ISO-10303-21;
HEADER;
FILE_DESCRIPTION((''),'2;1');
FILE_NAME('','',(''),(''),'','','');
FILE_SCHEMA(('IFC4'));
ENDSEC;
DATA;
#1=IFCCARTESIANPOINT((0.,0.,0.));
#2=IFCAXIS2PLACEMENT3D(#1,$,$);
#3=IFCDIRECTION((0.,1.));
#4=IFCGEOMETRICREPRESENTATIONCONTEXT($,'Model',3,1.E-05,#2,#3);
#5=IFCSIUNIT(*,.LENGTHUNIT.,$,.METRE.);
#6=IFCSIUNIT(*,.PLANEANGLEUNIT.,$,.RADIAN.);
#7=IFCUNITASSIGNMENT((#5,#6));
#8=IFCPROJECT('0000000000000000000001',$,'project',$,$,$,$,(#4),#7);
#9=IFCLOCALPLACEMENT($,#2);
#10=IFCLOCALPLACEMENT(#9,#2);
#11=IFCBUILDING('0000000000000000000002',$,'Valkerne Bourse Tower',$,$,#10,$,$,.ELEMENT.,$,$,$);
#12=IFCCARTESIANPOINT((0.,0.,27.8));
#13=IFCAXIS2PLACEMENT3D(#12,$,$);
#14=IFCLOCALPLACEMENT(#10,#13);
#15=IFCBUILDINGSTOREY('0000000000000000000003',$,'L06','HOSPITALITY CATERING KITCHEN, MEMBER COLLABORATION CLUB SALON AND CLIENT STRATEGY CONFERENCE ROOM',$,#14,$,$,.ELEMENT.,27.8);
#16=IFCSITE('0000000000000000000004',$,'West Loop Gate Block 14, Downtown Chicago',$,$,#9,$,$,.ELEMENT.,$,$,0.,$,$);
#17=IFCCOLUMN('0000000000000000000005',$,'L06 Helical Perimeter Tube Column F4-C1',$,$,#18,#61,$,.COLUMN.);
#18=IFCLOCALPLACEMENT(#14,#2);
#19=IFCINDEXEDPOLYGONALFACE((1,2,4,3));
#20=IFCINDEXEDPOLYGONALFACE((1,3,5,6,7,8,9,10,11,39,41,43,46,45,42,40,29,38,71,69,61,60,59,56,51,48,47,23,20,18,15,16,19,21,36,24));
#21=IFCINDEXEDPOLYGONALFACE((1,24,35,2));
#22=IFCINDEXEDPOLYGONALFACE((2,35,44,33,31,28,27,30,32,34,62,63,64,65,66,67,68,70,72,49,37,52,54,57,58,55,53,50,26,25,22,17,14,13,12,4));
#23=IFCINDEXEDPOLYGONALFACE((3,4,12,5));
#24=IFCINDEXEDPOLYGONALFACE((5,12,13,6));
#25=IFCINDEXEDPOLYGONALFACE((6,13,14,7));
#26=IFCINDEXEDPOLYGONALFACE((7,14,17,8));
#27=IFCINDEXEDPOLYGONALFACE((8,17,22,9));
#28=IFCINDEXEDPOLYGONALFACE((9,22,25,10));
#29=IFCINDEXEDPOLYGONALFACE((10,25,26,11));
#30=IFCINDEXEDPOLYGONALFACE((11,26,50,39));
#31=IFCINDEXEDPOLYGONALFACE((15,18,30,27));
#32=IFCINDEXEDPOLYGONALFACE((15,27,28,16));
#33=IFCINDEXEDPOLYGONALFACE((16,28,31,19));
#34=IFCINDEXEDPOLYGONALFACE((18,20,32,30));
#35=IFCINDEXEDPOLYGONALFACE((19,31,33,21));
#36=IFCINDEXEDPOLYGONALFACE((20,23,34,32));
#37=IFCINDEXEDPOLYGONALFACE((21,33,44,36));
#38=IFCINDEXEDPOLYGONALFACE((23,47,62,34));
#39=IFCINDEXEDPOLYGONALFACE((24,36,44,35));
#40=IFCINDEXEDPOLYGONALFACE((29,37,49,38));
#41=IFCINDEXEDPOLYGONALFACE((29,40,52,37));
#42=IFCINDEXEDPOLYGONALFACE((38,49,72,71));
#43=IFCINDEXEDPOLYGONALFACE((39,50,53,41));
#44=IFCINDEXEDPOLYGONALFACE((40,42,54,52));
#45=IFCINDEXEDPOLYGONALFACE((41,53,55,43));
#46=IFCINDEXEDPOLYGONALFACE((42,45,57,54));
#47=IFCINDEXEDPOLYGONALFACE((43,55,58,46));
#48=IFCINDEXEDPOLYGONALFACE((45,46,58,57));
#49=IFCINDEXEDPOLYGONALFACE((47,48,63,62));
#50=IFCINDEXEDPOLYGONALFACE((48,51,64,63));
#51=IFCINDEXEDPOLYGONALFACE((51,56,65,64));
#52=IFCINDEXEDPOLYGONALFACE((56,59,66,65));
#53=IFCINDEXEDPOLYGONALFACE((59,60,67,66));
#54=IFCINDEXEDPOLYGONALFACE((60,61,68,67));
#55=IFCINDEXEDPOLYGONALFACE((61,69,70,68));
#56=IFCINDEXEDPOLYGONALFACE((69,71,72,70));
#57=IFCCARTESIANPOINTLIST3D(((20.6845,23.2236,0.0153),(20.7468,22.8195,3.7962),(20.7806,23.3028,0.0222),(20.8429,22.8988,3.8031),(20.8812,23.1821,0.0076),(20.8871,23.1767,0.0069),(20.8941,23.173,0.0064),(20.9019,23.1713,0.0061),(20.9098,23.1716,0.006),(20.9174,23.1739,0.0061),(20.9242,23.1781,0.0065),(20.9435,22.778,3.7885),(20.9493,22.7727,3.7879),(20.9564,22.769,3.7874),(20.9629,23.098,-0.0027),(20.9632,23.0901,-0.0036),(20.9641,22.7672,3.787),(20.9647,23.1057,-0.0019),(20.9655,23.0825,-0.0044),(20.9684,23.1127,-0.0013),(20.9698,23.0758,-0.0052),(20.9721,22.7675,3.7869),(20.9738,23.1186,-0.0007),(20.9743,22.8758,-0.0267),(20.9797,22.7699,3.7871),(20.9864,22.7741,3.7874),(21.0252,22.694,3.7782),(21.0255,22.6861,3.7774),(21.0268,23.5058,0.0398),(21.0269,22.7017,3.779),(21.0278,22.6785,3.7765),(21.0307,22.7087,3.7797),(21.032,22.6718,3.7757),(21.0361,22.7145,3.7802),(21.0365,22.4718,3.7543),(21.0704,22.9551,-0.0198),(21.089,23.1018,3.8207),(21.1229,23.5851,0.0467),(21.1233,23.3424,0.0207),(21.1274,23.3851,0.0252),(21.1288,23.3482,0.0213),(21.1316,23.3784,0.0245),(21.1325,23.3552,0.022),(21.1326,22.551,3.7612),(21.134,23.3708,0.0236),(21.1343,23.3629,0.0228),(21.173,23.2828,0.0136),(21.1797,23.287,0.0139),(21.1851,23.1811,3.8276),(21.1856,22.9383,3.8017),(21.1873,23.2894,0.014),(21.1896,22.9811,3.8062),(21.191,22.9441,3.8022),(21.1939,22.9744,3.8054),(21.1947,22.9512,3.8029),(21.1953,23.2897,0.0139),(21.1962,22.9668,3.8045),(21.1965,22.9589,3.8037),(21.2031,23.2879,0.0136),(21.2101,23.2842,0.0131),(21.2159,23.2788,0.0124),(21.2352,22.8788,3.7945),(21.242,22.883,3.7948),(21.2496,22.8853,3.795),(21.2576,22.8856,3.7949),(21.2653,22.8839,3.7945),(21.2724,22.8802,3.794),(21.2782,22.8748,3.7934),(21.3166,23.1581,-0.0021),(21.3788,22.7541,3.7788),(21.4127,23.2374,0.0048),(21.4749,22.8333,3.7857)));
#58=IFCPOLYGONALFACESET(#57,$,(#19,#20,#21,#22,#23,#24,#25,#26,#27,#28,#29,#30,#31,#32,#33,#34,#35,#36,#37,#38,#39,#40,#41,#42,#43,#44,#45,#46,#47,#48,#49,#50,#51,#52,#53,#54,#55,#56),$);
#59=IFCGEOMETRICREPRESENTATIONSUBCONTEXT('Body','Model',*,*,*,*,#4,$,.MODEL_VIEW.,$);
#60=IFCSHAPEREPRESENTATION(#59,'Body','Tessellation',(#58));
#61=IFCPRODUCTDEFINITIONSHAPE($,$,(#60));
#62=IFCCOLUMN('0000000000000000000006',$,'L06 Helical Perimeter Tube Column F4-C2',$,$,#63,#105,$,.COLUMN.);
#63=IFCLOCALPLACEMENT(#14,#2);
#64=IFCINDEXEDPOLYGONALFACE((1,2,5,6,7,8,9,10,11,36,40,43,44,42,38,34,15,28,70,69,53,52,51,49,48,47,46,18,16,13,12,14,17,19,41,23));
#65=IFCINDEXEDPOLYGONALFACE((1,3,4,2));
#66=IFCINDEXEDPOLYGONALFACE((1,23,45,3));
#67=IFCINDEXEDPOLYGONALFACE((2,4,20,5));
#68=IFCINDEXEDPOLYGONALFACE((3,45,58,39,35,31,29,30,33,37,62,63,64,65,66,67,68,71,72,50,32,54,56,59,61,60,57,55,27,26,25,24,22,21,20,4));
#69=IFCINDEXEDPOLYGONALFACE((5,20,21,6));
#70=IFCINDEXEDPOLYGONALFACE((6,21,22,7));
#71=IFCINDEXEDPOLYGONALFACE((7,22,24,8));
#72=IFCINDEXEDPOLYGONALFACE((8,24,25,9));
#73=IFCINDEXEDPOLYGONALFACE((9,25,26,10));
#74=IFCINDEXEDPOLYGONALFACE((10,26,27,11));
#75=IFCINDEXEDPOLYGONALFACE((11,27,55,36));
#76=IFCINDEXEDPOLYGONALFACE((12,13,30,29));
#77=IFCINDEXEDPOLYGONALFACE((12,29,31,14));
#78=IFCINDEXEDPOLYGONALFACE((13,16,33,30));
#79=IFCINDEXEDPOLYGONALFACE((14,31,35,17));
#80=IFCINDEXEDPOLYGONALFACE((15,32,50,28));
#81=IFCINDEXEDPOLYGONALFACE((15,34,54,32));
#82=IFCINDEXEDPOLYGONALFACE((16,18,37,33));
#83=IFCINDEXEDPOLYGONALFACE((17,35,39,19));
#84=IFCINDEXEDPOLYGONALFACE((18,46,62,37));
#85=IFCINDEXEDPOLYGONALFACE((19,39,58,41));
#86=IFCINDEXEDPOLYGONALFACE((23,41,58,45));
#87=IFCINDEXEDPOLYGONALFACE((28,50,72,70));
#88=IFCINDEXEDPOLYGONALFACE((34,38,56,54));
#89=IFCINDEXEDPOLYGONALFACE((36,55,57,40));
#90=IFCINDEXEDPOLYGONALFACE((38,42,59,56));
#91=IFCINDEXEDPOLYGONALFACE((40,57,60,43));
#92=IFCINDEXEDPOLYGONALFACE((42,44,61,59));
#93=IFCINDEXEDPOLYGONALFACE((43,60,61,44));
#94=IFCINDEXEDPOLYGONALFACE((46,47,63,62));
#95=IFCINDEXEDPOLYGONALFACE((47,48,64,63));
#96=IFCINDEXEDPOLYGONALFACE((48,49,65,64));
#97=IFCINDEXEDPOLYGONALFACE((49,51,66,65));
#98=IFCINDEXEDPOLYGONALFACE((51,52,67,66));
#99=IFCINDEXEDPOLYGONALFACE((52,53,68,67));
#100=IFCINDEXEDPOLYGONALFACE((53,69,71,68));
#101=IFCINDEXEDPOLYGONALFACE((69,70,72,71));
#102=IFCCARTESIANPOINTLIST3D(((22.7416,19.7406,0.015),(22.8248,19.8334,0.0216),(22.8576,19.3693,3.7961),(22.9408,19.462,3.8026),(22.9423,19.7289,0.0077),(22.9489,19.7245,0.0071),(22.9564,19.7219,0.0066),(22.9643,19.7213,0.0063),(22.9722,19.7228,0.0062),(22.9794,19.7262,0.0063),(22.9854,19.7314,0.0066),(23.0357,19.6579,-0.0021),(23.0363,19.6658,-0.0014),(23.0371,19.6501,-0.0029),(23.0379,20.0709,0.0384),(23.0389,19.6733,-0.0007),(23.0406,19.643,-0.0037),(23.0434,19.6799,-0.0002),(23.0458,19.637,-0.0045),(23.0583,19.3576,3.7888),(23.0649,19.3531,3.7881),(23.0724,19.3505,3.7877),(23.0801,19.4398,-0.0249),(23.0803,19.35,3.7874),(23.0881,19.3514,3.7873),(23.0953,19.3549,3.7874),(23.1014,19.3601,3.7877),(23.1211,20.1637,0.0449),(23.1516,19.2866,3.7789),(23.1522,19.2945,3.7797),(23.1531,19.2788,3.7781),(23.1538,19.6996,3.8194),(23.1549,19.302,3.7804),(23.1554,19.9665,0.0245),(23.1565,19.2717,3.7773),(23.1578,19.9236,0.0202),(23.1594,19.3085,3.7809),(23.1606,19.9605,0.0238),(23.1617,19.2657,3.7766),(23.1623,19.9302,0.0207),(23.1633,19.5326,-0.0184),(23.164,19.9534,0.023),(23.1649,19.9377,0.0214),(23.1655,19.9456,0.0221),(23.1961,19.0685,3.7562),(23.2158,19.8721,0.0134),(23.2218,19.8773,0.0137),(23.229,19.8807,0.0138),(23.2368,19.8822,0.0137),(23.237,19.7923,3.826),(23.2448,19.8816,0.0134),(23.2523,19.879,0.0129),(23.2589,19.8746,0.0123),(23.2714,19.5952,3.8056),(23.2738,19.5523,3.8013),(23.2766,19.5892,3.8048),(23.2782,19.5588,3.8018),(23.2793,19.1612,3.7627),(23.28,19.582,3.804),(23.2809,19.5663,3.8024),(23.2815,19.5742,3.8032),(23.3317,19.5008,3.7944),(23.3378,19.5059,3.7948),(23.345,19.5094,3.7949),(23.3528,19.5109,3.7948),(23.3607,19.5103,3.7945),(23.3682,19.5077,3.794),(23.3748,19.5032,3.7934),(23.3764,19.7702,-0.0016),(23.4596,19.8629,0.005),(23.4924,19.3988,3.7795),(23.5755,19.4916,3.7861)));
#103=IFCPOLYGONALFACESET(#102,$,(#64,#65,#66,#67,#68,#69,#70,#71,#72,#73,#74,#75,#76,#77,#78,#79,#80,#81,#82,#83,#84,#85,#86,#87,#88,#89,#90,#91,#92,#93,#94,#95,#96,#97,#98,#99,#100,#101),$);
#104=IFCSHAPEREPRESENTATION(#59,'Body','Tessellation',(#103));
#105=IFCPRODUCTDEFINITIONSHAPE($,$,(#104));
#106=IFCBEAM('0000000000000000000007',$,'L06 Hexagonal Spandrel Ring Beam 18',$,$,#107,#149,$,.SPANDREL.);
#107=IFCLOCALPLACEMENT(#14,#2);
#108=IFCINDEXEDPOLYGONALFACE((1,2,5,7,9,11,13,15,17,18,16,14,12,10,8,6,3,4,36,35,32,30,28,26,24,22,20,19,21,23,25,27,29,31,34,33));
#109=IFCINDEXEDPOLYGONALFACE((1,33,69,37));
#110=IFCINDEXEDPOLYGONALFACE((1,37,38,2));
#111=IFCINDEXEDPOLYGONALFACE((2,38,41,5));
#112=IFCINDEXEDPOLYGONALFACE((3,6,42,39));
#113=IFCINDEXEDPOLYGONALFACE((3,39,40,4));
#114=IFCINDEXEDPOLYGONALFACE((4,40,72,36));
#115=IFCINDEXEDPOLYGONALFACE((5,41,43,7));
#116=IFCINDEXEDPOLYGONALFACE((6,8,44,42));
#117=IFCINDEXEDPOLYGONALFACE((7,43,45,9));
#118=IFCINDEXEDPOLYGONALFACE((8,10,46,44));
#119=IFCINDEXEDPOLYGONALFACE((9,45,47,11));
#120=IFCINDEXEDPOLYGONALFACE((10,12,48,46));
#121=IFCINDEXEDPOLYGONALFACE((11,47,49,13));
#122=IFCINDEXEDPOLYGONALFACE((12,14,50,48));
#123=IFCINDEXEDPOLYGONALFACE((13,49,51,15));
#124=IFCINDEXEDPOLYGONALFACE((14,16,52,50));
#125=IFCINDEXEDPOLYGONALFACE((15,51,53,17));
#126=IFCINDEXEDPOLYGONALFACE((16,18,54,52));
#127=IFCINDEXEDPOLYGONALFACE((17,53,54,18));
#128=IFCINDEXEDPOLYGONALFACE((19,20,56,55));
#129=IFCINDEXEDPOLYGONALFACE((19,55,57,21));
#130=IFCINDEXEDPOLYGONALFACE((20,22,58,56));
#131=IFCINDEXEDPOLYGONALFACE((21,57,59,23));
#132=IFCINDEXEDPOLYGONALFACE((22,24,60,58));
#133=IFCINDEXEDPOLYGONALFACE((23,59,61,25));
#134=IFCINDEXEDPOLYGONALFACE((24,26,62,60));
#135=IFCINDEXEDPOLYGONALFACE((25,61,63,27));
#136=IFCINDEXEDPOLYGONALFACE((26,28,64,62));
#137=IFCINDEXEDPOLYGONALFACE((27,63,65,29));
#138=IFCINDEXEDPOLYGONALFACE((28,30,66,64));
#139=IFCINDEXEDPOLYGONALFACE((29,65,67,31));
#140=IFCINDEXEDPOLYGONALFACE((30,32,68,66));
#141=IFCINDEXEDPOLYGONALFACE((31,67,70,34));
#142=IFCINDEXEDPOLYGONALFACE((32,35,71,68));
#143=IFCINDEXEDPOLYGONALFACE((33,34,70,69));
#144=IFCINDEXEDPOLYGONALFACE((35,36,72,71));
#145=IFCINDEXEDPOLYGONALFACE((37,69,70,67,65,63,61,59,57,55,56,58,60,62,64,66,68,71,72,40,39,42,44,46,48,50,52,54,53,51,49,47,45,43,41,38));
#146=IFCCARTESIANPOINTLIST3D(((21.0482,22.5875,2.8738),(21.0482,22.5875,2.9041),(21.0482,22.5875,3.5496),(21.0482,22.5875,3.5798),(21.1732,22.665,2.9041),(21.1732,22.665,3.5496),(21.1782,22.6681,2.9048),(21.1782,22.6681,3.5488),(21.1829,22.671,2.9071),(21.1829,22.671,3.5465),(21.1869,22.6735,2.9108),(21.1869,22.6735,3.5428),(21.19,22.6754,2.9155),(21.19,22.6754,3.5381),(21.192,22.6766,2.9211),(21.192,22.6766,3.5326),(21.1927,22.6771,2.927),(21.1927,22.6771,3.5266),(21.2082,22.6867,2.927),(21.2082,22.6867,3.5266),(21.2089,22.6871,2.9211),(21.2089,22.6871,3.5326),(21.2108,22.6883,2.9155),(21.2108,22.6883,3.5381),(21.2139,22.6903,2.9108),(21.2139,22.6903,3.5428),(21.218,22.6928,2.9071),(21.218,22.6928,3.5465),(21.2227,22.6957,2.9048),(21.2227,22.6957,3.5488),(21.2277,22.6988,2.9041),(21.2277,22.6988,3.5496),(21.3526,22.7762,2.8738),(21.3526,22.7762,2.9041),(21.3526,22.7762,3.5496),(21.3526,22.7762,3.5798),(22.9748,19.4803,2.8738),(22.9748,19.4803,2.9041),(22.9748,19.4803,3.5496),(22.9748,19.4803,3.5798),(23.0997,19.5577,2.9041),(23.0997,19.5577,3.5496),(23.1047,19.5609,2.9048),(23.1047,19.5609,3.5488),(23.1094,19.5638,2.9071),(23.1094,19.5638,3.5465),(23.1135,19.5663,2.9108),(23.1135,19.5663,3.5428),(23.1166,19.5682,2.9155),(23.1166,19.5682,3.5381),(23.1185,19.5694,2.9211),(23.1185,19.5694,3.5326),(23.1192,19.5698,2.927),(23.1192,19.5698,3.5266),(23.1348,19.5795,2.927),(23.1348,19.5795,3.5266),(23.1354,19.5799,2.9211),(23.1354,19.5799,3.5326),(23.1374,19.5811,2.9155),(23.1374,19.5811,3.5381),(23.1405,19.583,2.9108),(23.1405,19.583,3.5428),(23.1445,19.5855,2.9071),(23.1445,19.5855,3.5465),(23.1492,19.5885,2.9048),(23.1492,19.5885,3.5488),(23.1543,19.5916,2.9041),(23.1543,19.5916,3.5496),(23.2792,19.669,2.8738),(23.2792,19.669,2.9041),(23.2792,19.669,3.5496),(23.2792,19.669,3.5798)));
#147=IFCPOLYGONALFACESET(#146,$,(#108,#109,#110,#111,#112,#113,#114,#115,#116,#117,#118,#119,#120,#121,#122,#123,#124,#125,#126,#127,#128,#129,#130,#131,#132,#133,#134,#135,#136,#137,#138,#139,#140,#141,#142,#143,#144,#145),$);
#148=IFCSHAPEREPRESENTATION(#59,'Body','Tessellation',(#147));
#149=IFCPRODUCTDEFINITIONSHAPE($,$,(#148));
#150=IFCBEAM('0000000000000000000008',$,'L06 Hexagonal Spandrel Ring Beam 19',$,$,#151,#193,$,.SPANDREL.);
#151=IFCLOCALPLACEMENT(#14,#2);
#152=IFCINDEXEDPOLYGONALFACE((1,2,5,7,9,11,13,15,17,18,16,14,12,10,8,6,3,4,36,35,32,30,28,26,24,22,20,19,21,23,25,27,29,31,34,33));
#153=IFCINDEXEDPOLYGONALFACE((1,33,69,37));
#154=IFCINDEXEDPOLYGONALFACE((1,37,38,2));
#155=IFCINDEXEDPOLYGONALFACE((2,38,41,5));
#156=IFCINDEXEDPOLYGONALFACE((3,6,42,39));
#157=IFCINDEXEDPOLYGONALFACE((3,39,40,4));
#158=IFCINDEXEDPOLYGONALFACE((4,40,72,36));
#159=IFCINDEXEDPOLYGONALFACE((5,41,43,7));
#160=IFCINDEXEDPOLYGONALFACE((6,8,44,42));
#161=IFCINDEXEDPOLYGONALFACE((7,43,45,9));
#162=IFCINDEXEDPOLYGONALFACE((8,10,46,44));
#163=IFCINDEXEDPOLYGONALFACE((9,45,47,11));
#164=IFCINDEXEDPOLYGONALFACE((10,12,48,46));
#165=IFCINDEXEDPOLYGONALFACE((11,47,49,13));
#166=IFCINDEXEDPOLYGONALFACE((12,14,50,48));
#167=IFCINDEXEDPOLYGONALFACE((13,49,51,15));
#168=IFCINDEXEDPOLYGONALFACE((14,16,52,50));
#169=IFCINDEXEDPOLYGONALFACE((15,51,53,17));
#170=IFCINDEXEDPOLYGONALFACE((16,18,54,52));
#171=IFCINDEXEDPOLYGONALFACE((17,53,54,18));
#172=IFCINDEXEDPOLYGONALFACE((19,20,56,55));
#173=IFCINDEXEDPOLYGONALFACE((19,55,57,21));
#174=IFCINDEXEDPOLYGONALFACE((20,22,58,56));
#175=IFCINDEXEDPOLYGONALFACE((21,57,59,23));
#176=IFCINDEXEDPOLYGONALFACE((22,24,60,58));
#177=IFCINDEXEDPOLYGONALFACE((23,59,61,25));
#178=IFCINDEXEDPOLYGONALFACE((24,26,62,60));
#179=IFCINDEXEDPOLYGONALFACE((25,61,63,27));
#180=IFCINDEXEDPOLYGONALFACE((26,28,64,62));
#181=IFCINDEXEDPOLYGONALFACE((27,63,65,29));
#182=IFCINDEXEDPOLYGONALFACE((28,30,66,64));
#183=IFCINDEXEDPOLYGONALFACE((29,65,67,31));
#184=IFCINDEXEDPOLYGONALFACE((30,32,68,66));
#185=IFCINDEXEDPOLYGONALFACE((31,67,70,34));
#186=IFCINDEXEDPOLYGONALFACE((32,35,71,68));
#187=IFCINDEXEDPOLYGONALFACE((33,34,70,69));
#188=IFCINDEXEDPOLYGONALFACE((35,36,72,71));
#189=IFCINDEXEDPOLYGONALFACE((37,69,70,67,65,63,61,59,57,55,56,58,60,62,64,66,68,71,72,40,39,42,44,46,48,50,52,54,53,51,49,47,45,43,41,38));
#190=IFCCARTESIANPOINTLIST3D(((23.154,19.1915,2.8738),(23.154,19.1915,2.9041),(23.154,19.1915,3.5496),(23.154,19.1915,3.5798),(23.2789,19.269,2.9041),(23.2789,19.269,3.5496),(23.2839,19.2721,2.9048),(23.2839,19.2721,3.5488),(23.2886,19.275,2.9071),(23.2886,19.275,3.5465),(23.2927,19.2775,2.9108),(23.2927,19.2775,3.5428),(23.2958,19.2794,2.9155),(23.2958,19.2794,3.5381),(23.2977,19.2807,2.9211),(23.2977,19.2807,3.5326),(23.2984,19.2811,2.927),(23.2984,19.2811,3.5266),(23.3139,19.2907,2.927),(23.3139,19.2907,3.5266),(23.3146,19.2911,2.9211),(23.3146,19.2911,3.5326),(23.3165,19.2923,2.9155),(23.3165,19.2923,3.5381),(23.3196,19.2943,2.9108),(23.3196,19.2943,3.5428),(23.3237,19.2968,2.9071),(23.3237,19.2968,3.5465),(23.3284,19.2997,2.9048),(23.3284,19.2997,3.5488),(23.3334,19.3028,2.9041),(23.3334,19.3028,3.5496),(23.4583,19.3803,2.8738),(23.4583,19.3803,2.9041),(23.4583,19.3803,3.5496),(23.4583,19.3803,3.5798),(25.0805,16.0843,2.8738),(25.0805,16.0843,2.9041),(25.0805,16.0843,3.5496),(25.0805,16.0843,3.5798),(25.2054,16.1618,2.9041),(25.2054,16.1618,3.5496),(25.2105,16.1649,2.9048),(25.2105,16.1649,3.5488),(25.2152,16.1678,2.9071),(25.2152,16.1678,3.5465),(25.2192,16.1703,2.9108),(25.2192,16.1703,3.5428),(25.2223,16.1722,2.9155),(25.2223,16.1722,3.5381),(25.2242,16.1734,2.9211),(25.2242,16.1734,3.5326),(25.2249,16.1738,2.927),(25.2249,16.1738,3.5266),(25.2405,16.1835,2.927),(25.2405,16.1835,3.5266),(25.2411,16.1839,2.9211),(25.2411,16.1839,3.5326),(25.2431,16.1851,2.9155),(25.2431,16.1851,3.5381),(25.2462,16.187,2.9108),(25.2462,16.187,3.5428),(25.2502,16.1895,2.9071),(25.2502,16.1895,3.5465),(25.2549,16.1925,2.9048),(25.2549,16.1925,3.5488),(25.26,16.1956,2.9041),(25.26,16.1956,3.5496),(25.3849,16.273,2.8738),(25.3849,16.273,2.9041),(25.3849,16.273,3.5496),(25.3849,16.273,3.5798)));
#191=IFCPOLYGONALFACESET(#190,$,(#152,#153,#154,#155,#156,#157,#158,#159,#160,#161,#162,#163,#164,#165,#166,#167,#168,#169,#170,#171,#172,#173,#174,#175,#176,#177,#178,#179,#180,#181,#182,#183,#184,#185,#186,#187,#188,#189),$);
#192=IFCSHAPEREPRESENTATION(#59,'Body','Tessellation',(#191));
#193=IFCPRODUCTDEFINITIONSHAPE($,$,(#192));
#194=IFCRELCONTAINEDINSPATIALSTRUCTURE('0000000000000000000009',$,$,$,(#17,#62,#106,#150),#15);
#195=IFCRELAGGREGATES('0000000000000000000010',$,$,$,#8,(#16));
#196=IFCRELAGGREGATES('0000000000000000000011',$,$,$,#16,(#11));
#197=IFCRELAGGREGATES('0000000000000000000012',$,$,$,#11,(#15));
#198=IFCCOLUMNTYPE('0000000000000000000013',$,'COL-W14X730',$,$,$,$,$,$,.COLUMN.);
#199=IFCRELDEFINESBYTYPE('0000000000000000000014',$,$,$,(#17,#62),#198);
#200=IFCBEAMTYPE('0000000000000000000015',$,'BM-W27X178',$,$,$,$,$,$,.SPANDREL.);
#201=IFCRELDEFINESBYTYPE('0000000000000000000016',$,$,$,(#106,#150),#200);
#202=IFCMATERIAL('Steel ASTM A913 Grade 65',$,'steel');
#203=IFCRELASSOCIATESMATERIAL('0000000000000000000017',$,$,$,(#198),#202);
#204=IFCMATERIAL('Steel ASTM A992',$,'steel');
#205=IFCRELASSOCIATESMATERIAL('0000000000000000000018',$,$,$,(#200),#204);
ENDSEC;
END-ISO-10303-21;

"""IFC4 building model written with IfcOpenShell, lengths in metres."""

from ifc_helpers import new_model, si_unit, direction, frame, origin, origin_2d, place, context, subcontext, project, spatial, i_section, extrude, material, material_profile, profile_set, type_object, element, save


model = new_model("IFC4")

# Units and contexts
model_context = context("Model", 3, precision=1e-05, world=origin(), true_north=direction((0.0, 1.0)))
body_context = subcontext(model_context, "Body", "Model", "MODEL_VIEW")
ifc_project = project(units=[si_unit("LENGTHUNIT", "METRE"), si_unit("PLANEANGLEUNIT", "RADIAN")], contexts=[model_context])

# Site, building, storey
site_placement = place(None, origin())
site = spatial("IfcSite", under=ifc_project, at=site_placement, Name="West Loop Gate Block 14, Downtown Chicago", CompositionType="ELEMENT", RefElevation=0.0)
building_placement = place(site_placement, origin())
building = spatial("IfcBuilding", under=site, at=building_placement, Name="Valkerne Bourse Tower", CompositionType="ELEMENT")
storey_placement = place(building_placement, frame((0.0, 0.0, 27.8)))
storey = spatial("IfcBuildingStorey", under=building, at=storey_placement, Name="L06", Description="HOSPITALITY CATERING KITCHEN, MEMBER COLLABORATION CLUB SALON AND CLIENT STRATEGY CONFERENCE ROOM", CompositionType="ELEMENT", Elevation=27.8)

# Columns
ifc_material_1 = material(Name="Steel ASTM A913 Grade 65", Category="steel")
ifc_material_profile_1 = material_profile(ifc_material_1, i_section(OverallWidth=0.4546, OverallDepth=0.5691, WebThickness=0.0779, FlangeThickness=0.1248, FilletRadius=0.0305, at=origin_2d()), Name="W14X730")
ifc_profile_set_1 = profile_set([ifc_material_profile_1], Name="Steel ASTM A913 Grade 65")
column_type = type_object("IfcColumnType", Name="COL-W14X730", PredefinedType="COLUMN", material=ifc_profile_set_1)
column_1_placement = place(storey_placement, frame((21.0486, 23.2305, 0.01), z_axis=(0.01637, -0.106245, 0.994205), x_axis=(0.637462, -0.76494, -0.092241)))
element("IfcColumn", 1, at=column_1_placement, inside=storey, type_object=column_type, Name="L06 Helical Perimeter Tube Column F4-C1", PredefinedType="COLUMN", context=body_context, shape_type="SweptSolid", body=[
    extrude(i_section(OverallWidth=0.4546, OverallDepth=0.5691, WebThickness=0.0779, FlangeThickness=0.1248, FilletRadius=0.0305, at=origin_2d()), origin(), (0.0, 0.0, 1.0), 3.803),
])
column_2_placement = place(storey_placement, frame((23.1006, 19.8018, 0.01), z_axis=(0.03051, -0.097696, 0.994749), x_axis=(0.744636, -0.661668, -0.087822)))
element("IfcColumn", 2, at=column_2_placement, inside=storey, type_object=column_type, Name="L06 Helical Perimeter Tube Column F4-C2", PredefinedType="COLUMN", context=body_context, shape_type="SweptSolid", body=[
    extrude(i_section(OverallWidth=0.4546, OverallDepth=0.5691, WebThickness=0.0779, FlangeThickness=0.1248, FilletRadius=0.0305, at=origin_2d()), origin(), (0.0, 0.0, 1.0), 3.801),
])

# Beams
ifc_material_2 = material(Name="Steel ASTM A992", Category="steel")
ifc_material_profile_2 = material_profile(ifc_material_2, i_section(OverallWidth=0.3582, OverallDepth=0.7061, WebThickness=0.0183, FlangeThickness=0.0303, FilletRadius=0.0229, at=origin_2d()), Name="W27X178")
ifc_profile_set_2 = profile_set([ifc_material_profile_2], Name="Steel ASTM A992")
beam_type_1 = type_object("IfcBeamType", Name="BM-W27X178", PredefinedType="SPANDREL", material=ifc_profile_set_2)
for number, where, z_axis, x_axis, name in (
    (3, (21.2004, 22.6819, 3.2268), (0.526952, -0.849895, 0.0), (0.849895, 0.526952, 0.0), "L06 Hexagonal Spandrel Ring Beam 18"),
    (4, (23.3062, 19.2859, 3.2268), (0.526952, -0.849895, 0.0), (0.849895, 0.526952, 0.0), "L06 Hexagonal Spandrel Ring Beam 19"),
):
    element("IfcBeam", number, at=place(storey_placement, frame(where, z_axis=z_axis, x_axis=x_axis)), inside=storey, type_object=beam_type_1, Name=name, PredefinedType="SPANDREL", context=body_context, shape_type="SweptSolid", body=[
        extrude(i_section(OverallWidth=0.3582, OverallDepth=0.7061, WebThickness=0.0183, FlangeThickness=0.0303, FilletRadius=0.0229, at=origin_2d()), origin(), (0.0, 0.0, 1.0), 3.656),
    ])

save(model, "model.ifc")
